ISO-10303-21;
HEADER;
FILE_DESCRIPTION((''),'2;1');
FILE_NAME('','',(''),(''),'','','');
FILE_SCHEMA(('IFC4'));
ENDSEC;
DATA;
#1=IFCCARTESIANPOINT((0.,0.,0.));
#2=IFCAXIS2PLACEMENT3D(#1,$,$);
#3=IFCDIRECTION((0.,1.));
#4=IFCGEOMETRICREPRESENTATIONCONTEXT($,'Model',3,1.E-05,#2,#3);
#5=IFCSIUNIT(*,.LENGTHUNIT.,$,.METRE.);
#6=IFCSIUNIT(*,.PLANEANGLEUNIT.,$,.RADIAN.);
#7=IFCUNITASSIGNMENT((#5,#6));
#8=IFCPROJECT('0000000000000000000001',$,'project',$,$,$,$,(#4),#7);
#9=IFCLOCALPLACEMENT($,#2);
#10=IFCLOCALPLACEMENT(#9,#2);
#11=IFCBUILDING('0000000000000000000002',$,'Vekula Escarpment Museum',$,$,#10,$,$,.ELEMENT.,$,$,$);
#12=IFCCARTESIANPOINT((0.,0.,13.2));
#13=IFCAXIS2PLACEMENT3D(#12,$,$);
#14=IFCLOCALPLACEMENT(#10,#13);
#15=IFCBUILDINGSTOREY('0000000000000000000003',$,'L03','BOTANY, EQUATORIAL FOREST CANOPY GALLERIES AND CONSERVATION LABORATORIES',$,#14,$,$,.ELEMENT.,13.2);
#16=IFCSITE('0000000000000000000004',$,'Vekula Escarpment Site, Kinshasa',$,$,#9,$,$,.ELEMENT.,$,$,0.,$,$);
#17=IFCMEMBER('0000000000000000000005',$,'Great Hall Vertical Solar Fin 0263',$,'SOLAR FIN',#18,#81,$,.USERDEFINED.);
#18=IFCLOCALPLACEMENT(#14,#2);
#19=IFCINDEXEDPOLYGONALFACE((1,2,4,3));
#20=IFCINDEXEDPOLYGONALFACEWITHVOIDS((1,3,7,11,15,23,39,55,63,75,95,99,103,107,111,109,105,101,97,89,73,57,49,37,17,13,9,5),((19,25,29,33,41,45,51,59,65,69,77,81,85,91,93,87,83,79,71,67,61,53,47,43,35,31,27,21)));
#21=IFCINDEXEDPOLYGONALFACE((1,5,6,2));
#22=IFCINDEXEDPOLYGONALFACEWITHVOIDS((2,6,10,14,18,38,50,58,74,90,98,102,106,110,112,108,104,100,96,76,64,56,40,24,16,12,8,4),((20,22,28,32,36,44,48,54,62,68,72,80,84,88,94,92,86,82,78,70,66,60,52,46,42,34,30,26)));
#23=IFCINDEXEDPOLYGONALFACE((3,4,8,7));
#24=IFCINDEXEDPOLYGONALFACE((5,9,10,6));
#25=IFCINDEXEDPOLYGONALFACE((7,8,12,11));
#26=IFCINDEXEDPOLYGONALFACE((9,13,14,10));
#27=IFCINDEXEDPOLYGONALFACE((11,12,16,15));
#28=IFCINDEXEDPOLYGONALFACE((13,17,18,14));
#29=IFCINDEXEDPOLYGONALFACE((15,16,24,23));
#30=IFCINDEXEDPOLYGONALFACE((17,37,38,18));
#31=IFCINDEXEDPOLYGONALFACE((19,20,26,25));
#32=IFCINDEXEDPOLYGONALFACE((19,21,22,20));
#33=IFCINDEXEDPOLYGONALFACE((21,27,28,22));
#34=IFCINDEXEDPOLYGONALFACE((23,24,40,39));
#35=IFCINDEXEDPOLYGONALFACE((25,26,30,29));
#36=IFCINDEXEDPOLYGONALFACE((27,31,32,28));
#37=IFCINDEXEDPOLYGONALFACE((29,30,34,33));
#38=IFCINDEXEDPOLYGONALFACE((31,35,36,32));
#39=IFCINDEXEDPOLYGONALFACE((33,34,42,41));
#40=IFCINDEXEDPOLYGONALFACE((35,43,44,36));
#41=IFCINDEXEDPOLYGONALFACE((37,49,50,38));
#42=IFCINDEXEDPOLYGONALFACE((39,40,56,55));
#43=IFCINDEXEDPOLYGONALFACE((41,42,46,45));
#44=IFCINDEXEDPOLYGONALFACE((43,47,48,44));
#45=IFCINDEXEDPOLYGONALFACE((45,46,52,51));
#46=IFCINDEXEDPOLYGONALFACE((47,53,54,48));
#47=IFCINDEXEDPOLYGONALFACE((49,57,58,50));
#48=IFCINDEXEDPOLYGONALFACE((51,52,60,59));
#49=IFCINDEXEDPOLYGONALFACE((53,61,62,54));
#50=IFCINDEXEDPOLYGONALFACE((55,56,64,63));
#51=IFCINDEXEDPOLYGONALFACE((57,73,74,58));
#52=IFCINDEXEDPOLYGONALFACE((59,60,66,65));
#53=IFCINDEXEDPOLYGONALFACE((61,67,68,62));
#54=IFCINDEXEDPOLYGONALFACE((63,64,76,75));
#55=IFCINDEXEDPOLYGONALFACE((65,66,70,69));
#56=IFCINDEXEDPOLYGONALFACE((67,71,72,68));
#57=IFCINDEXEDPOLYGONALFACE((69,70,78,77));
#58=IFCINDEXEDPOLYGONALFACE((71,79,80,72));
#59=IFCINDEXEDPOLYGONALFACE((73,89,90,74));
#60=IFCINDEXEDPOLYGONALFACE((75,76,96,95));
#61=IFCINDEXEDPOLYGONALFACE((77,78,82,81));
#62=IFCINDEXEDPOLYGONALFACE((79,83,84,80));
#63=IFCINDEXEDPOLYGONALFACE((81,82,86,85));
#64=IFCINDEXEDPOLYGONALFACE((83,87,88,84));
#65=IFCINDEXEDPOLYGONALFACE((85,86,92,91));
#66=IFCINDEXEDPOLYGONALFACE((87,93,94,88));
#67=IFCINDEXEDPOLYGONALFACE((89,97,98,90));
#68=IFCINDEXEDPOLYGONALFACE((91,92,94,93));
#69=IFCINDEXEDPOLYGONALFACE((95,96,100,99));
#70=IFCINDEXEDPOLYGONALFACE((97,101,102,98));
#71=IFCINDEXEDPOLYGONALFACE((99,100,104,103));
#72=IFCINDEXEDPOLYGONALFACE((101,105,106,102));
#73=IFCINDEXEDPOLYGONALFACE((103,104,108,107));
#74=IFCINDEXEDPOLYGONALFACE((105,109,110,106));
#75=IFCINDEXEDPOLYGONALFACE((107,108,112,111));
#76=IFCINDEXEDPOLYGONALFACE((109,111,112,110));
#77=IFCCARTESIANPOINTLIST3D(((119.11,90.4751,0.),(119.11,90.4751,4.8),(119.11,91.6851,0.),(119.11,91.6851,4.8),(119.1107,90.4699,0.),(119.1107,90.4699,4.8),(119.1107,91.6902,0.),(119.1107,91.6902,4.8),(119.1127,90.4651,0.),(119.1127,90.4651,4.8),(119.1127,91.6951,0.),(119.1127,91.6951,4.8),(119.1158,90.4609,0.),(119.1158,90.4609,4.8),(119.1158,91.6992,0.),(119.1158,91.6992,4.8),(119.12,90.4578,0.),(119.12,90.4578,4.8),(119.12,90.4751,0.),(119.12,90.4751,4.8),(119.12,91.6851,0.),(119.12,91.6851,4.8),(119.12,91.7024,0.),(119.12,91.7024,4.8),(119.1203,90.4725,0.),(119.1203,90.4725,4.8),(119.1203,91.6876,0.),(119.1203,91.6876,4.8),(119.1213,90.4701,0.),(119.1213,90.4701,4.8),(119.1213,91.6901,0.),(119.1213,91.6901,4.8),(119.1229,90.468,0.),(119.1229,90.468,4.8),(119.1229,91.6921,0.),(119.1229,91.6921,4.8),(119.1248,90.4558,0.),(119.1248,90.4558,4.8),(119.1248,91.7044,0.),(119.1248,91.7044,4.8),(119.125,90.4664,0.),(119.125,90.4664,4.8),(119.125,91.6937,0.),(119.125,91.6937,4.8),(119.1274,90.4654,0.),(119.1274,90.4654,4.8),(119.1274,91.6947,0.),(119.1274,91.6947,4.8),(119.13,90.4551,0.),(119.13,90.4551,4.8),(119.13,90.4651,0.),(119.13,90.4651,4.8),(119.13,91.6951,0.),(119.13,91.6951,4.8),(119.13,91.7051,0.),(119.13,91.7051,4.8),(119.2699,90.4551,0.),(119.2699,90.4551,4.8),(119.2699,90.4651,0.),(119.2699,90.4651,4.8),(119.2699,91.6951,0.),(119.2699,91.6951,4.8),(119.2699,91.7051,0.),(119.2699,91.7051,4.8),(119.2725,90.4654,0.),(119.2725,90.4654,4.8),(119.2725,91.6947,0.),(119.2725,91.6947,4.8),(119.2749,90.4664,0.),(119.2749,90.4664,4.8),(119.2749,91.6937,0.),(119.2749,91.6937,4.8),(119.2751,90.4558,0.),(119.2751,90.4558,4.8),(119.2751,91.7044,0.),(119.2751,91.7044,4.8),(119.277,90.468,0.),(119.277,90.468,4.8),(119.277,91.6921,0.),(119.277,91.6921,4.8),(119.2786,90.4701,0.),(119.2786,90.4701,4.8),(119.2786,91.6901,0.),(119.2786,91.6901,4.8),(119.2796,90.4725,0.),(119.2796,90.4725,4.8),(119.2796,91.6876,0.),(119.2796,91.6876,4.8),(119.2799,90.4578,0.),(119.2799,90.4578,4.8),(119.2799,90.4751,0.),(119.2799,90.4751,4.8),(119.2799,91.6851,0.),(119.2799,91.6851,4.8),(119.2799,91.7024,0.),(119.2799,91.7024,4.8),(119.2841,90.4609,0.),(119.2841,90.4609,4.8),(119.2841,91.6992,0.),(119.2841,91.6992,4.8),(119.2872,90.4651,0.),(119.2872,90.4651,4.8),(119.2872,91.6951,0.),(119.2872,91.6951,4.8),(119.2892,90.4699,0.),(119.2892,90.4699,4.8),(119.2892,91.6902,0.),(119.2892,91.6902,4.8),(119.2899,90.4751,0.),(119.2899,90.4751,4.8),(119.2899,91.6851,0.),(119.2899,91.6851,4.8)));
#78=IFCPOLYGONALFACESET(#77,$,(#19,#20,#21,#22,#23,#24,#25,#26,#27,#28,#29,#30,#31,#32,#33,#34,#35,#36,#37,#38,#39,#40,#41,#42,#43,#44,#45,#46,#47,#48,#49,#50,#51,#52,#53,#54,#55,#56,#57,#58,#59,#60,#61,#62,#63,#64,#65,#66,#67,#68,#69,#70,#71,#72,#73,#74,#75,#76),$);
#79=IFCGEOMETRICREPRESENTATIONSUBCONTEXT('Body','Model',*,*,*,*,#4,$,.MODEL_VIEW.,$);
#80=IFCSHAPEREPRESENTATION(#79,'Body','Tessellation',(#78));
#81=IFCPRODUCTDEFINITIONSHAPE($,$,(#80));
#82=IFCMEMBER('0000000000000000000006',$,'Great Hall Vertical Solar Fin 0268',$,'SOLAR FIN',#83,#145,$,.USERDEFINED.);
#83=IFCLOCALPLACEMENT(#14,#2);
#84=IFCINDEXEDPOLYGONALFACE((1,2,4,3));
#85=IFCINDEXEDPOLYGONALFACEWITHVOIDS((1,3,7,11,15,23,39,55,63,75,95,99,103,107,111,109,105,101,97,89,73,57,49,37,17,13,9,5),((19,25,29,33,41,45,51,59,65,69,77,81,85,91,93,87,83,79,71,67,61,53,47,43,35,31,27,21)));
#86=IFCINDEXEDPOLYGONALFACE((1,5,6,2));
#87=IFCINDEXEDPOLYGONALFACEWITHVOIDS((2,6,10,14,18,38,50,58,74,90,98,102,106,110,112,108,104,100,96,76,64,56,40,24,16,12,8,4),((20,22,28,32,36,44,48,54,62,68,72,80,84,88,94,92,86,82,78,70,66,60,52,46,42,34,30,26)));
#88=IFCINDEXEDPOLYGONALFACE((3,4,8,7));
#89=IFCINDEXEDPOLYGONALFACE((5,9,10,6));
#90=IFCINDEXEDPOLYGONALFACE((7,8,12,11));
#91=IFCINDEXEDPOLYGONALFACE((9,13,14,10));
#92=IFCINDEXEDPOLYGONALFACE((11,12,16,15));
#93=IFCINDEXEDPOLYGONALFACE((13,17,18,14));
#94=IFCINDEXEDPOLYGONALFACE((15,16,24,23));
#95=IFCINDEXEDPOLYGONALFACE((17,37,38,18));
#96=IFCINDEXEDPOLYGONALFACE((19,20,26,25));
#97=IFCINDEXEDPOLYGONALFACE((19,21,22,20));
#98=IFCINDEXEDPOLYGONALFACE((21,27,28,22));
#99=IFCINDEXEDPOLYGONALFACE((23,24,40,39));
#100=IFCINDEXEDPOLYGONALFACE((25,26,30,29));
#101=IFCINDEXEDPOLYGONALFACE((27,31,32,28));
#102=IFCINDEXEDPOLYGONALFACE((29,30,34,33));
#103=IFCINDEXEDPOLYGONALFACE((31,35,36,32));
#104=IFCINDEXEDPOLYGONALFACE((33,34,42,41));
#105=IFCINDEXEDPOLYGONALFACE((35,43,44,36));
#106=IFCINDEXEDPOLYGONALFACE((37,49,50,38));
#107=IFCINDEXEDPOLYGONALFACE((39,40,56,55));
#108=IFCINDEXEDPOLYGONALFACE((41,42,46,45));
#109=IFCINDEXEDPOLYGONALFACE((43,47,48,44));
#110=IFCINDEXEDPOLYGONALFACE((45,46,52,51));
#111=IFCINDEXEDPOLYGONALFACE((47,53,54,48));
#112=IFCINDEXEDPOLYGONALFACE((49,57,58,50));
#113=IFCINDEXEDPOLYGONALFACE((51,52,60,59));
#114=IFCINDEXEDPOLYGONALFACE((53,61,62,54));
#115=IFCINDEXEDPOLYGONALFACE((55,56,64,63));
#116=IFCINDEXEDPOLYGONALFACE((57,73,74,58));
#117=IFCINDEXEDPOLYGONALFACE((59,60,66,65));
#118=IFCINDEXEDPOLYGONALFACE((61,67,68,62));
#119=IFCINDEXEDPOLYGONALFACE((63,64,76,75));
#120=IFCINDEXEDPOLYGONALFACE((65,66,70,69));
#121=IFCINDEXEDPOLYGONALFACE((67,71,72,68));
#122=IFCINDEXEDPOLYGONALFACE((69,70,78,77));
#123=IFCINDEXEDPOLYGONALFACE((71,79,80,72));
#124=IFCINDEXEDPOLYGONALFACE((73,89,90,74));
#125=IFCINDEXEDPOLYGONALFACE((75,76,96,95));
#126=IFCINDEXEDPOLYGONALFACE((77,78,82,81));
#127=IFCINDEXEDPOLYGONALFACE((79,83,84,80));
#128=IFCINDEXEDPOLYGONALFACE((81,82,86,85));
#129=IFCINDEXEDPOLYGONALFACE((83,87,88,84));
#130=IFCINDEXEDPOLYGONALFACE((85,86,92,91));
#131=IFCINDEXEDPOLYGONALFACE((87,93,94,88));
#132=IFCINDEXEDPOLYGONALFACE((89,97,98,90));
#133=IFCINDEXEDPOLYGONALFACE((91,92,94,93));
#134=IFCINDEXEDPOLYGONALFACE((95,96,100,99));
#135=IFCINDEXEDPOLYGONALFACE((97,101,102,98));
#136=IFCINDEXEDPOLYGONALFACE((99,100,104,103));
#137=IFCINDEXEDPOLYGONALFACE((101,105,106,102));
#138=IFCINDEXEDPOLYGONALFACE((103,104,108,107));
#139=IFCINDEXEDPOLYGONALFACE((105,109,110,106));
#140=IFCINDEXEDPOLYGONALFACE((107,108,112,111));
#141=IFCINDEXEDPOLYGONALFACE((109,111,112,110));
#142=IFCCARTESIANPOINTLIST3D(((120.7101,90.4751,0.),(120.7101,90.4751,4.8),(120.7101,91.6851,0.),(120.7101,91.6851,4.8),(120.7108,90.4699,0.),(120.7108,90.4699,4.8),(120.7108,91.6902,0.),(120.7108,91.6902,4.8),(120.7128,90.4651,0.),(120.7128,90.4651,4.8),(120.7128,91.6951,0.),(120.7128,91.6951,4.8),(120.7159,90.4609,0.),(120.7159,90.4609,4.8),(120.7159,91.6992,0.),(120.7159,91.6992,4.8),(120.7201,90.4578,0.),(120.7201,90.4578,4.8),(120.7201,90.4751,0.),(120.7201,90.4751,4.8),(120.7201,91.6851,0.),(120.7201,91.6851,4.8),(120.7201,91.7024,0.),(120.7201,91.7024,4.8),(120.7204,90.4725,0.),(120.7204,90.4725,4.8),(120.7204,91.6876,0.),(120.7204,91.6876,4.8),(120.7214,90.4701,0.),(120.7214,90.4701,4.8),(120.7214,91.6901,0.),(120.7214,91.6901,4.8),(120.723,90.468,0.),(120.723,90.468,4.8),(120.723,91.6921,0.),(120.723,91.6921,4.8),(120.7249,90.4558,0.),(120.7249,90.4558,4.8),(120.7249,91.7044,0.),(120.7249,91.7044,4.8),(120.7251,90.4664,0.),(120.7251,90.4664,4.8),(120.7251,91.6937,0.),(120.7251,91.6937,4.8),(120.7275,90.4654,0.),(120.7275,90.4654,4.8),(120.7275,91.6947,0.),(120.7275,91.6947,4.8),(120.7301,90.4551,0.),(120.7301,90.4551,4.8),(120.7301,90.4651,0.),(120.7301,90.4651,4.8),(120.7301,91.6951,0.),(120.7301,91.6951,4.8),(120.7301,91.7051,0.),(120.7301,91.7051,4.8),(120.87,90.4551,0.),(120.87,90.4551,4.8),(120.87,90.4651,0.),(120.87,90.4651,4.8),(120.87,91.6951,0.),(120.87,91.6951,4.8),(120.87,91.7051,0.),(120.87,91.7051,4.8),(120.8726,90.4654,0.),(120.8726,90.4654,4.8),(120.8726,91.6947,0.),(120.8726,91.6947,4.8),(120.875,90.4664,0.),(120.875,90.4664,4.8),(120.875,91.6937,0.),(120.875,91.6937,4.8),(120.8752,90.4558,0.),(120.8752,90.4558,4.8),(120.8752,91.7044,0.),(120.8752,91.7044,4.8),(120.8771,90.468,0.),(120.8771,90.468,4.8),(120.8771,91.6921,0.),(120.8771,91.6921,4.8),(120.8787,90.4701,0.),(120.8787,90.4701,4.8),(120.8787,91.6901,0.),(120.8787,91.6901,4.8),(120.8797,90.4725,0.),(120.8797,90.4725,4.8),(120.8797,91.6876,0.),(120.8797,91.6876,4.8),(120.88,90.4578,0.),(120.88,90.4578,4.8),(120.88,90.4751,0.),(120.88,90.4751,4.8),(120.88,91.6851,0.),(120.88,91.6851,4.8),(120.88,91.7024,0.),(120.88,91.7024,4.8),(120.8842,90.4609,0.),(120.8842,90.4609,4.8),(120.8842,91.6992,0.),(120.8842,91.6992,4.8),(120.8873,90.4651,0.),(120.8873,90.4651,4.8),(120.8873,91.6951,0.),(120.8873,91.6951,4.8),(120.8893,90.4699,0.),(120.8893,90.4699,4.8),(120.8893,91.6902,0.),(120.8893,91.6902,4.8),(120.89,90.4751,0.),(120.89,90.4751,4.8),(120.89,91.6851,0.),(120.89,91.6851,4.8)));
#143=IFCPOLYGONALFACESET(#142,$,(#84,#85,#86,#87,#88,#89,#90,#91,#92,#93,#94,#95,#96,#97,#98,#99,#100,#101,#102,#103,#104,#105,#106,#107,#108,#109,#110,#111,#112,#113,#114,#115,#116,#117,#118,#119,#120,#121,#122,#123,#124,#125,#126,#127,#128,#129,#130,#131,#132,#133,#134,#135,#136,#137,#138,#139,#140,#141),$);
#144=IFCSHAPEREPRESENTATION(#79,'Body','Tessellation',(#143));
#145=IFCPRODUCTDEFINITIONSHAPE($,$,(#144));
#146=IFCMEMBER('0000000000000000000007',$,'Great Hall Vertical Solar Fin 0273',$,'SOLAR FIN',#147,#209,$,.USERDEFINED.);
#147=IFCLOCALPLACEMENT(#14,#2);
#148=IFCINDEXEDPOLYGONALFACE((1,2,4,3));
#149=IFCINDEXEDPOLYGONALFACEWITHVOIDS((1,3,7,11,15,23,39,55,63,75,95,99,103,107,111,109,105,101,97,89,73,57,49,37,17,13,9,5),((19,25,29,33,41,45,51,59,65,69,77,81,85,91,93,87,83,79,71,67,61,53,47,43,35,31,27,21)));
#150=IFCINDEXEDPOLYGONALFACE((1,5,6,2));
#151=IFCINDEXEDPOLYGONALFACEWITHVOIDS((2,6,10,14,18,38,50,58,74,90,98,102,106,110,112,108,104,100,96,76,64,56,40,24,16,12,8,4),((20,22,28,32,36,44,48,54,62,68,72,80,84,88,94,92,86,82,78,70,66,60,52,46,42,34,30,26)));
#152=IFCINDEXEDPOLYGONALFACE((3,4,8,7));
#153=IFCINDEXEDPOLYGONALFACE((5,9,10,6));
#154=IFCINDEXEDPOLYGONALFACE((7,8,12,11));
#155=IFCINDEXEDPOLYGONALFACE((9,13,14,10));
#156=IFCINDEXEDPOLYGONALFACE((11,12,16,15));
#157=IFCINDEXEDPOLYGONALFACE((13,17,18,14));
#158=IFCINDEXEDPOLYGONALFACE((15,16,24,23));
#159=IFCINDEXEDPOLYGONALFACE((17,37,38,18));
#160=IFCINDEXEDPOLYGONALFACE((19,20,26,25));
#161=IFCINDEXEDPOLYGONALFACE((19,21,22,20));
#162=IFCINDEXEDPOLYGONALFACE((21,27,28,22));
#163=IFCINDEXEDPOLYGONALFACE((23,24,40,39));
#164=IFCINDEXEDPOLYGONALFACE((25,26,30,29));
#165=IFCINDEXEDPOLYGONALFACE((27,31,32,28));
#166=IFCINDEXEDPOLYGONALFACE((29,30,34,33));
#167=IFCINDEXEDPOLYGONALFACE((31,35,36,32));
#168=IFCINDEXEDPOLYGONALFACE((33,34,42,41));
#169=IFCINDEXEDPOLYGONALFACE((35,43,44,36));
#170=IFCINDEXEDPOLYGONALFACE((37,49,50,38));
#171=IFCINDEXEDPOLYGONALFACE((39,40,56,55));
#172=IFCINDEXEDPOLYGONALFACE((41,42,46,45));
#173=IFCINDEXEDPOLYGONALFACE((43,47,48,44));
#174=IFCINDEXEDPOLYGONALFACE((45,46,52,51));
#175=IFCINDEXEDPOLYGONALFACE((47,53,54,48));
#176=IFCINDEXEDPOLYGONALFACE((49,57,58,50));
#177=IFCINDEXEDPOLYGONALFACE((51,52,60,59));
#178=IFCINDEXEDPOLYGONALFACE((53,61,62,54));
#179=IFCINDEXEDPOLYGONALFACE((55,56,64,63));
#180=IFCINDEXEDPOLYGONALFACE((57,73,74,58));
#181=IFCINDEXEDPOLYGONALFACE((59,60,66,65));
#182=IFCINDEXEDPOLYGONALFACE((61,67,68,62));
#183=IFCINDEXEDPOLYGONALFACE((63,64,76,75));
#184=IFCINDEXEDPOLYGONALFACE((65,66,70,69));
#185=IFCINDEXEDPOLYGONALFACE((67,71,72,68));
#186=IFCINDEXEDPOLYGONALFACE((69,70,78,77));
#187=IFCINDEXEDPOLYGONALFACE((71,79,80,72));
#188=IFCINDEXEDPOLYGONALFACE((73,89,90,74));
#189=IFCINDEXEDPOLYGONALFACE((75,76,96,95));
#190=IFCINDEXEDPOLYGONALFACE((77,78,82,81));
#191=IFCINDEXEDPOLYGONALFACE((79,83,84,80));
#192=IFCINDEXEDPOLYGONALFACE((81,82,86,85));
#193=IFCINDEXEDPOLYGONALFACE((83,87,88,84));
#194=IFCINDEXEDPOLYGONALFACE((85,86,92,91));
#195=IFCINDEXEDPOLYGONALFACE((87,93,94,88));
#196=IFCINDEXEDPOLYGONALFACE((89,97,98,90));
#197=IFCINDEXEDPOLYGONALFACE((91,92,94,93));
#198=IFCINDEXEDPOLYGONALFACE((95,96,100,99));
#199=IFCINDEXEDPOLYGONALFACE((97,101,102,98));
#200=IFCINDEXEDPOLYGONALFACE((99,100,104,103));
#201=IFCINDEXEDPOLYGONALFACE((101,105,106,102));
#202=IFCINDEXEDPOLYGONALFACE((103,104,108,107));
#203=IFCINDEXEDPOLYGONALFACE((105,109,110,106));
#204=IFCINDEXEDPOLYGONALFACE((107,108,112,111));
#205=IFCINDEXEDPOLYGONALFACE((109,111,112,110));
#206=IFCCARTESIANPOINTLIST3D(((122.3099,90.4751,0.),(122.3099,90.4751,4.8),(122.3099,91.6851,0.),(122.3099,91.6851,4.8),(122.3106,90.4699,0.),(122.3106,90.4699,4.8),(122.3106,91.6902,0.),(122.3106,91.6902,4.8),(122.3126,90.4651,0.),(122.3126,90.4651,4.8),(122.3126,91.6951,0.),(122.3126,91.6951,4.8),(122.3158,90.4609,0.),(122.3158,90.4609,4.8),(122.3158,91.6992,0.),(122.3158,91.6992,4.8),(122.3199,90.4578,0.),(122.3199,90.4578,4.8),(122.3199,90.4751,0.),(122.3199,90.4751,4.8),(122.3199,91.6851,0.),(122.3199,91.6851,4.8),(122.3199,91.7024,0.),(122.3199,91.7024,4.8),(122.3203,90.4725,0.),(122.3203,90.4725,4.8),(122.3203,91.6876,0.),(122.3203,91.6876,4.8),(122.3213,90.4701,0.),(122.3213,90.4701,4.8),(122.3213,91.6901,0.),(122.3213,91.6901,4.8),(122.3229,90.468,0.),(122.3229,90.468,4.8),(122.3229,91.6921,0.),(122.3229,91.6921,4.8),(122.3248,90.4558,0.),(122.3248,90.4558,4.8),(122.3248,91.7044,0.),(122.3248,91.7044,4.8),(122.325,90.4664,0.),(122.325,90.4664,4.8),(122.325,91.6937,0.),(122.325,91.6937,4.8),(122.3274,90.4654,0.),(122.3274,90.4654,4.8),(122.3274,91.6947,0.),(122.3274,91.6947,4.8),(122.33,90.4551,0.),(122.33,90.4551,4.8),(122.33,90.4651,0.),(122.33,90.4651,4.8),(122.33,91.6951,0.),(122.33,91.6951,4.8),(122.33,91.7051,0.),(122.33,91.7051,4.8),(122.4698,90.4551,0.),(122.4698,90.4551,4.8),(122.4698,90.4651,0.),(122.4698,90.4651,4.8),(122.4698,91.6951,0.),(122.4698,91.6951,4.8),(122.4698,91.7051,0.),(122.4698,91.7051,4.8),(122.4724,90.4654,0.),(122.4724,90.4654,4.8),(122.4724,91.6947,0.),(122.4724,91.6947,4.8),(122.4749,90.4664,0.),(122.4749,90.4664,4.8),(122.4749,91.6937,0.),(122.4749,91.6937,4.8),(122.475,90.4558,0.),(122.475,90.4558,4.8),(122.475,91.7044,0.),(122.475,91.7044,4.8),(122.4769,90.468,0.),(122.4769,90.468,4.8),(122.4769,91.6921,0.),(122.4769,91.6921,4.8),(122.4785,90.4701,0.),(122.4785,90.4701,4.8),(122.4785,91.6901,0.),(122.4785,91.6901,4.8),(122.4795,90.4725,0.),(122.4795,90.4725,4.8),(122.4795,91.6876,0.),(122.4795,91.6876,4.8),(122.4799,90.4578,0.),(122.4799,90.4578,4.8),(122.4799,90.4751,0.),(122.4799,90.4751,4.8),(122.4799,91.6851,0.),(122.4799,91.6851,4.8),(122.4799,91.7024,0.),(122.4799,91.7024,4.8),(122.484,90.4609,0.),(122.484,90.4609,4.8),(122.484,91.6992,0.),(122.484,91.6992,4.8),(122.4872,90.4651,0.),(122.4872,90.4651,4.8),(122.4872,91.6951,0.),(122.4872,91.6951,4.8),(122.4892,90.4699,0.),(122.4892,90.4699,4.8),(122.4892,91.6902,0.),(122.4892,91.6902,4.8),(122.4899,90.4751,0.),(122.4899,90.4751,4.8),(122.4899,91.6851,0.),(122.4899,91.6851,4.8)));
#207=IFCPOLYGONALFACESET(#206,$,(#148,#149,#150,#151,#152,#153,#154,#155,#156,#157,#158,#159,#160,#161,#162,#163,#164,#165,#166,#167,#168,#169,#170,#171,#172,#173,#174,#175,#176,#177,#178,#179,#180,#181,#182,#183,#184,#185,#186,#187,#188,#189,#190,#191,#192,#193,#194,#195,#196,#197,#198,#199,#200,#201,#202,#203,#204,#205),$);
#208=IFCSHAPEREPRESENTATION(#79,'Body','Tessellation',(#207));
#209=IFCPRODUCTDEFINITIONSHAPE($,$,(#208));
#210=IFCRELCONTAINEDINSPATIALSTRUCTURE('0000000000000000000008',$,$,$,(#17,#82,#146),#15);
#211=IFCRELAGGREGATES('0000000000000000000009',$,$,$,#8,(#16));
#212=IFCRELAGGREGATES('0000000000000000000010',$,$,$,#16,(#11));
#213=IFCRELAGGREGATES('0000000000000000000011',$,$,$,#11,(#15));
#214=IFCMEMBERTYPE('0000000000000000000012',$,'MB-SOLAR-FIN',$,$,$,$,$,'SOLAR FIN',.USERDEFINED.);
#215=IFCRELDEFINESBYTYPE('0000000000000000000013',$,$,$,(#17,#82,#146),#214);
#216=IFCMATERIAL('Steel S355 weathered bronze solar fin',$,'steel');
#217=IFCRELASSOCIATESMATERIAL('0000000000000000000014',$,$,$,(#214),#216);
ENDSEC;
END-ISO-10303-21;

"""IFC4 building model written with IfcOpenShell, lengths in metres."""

from ifc_helpers import new_model, si_unit, direction, frame, origin, origin_2d, place, context, subcontext, project, spatial, hollow_rectangle, extrude, material, material_profile, profile_set, type_object, element, save


model = new_model("IFC4")

# Units and contexts
model_context = context("Model", 3, precision=1e-05, world=origin(), true_north=direction((0.0, 1.0)))
body_context = subcontext(model_context, "Body", "Model", "MODEL_VIEW")
ifc_project = project(units=[si_unit("LENGTHUNIT", "METRE"), si_unit("PLANEANGLEUNIT", "RADIAN")], contexts=[model_context])

# Site, building, storey
site_placement = place(None, origin())
site = spatial("IfcSite", under=ifc_project, at=site_placement, Name="Vekula Escarpment Site, Kinshasa", CompositionType="ELEMENT", RefElevation=0.0)
building_placement = place(site_placement, origin())
building = spatial("IfcBuilding", under=site, at=building_placement, Name="Vekula Escarpment Museum", CompositionType="ELEMENT")
storey_placement = place(building_placement, frame((0.0, 0.0, 13.2)))
storey = spatial("IfcBuildingStorey", under=building, at=storey_placement, Name="L03", Description="BOTANY, EQUATORIAL FOREST CANOPY GALLERIES AND CONSERVATION LABORATORIES", CompositionType="ELEMENT", Elevation=13.2)

# Members
ifc_material_1 = material(Name="Steel S355 weathered bronze solar fin", Category="steel")
ifc_material_profile_1 = material_profile(ifc_material_1, hollow_rectangle(XDim=0.1799, YDim=1.25, WallThickness=0.01, InnerFilletRadius=0.01, OuterFilletRadius=0.02, at=origin_2d()), Name="RHS 1250x180x10")
ifc_profile_set_1 = profile_set([ifc_material_profile_1], Name="Steel S355 weathered bronze solar fin")
member_type = type_object("IfcMemberType", Name="MB-SOLAR-FIN", ElementType="SOLAR FIN", PredefinedType="USERDEFINED", material=ifc_profile_set_1)
for number, where, z_axis, x_axis, name in (
    (1, (119.2, 91.0801, 0.0), (0.0, 0.0, 1.0), (1.0, 0.0, 0.0), "Great Hall Vertical Solar Fin 0263"),
    (2, (120.8, 91.0801, 0.0), (0.0, 0.0, 1.0), (1.0, 0.0, 0.0), "Great Hall Vertical Solar Fin 0268"),
    (3, (122.3999, 91.0801, 0.0), (0.0, 0.0, 1.0), (1.0, 0.0, 0.0), "Great Hall Vertical Solar Fin 0273"),
):
    element("IfcMember", number, at=place(storey_placement, frame(where, z_axis=z_axis, x_axis=x_axis)), inside=storey, type_object=member_type, Name=name, ObjectType="SOLAR FIN", PredefinedType="USERDEFINED", context=body_context, shape_type="SweptSolid", body=[
        extrude(hollow_rectangle(XDim=0.1799, YDim=1.25, WallThickness=0.01, InnerFilletRadius=0.01, OuterFilletRadius=0.02, at=origin_2d()), origin(), (0.0, 0.0, 1.0), 4.8),
    ])

save(model, "model.ifc")
